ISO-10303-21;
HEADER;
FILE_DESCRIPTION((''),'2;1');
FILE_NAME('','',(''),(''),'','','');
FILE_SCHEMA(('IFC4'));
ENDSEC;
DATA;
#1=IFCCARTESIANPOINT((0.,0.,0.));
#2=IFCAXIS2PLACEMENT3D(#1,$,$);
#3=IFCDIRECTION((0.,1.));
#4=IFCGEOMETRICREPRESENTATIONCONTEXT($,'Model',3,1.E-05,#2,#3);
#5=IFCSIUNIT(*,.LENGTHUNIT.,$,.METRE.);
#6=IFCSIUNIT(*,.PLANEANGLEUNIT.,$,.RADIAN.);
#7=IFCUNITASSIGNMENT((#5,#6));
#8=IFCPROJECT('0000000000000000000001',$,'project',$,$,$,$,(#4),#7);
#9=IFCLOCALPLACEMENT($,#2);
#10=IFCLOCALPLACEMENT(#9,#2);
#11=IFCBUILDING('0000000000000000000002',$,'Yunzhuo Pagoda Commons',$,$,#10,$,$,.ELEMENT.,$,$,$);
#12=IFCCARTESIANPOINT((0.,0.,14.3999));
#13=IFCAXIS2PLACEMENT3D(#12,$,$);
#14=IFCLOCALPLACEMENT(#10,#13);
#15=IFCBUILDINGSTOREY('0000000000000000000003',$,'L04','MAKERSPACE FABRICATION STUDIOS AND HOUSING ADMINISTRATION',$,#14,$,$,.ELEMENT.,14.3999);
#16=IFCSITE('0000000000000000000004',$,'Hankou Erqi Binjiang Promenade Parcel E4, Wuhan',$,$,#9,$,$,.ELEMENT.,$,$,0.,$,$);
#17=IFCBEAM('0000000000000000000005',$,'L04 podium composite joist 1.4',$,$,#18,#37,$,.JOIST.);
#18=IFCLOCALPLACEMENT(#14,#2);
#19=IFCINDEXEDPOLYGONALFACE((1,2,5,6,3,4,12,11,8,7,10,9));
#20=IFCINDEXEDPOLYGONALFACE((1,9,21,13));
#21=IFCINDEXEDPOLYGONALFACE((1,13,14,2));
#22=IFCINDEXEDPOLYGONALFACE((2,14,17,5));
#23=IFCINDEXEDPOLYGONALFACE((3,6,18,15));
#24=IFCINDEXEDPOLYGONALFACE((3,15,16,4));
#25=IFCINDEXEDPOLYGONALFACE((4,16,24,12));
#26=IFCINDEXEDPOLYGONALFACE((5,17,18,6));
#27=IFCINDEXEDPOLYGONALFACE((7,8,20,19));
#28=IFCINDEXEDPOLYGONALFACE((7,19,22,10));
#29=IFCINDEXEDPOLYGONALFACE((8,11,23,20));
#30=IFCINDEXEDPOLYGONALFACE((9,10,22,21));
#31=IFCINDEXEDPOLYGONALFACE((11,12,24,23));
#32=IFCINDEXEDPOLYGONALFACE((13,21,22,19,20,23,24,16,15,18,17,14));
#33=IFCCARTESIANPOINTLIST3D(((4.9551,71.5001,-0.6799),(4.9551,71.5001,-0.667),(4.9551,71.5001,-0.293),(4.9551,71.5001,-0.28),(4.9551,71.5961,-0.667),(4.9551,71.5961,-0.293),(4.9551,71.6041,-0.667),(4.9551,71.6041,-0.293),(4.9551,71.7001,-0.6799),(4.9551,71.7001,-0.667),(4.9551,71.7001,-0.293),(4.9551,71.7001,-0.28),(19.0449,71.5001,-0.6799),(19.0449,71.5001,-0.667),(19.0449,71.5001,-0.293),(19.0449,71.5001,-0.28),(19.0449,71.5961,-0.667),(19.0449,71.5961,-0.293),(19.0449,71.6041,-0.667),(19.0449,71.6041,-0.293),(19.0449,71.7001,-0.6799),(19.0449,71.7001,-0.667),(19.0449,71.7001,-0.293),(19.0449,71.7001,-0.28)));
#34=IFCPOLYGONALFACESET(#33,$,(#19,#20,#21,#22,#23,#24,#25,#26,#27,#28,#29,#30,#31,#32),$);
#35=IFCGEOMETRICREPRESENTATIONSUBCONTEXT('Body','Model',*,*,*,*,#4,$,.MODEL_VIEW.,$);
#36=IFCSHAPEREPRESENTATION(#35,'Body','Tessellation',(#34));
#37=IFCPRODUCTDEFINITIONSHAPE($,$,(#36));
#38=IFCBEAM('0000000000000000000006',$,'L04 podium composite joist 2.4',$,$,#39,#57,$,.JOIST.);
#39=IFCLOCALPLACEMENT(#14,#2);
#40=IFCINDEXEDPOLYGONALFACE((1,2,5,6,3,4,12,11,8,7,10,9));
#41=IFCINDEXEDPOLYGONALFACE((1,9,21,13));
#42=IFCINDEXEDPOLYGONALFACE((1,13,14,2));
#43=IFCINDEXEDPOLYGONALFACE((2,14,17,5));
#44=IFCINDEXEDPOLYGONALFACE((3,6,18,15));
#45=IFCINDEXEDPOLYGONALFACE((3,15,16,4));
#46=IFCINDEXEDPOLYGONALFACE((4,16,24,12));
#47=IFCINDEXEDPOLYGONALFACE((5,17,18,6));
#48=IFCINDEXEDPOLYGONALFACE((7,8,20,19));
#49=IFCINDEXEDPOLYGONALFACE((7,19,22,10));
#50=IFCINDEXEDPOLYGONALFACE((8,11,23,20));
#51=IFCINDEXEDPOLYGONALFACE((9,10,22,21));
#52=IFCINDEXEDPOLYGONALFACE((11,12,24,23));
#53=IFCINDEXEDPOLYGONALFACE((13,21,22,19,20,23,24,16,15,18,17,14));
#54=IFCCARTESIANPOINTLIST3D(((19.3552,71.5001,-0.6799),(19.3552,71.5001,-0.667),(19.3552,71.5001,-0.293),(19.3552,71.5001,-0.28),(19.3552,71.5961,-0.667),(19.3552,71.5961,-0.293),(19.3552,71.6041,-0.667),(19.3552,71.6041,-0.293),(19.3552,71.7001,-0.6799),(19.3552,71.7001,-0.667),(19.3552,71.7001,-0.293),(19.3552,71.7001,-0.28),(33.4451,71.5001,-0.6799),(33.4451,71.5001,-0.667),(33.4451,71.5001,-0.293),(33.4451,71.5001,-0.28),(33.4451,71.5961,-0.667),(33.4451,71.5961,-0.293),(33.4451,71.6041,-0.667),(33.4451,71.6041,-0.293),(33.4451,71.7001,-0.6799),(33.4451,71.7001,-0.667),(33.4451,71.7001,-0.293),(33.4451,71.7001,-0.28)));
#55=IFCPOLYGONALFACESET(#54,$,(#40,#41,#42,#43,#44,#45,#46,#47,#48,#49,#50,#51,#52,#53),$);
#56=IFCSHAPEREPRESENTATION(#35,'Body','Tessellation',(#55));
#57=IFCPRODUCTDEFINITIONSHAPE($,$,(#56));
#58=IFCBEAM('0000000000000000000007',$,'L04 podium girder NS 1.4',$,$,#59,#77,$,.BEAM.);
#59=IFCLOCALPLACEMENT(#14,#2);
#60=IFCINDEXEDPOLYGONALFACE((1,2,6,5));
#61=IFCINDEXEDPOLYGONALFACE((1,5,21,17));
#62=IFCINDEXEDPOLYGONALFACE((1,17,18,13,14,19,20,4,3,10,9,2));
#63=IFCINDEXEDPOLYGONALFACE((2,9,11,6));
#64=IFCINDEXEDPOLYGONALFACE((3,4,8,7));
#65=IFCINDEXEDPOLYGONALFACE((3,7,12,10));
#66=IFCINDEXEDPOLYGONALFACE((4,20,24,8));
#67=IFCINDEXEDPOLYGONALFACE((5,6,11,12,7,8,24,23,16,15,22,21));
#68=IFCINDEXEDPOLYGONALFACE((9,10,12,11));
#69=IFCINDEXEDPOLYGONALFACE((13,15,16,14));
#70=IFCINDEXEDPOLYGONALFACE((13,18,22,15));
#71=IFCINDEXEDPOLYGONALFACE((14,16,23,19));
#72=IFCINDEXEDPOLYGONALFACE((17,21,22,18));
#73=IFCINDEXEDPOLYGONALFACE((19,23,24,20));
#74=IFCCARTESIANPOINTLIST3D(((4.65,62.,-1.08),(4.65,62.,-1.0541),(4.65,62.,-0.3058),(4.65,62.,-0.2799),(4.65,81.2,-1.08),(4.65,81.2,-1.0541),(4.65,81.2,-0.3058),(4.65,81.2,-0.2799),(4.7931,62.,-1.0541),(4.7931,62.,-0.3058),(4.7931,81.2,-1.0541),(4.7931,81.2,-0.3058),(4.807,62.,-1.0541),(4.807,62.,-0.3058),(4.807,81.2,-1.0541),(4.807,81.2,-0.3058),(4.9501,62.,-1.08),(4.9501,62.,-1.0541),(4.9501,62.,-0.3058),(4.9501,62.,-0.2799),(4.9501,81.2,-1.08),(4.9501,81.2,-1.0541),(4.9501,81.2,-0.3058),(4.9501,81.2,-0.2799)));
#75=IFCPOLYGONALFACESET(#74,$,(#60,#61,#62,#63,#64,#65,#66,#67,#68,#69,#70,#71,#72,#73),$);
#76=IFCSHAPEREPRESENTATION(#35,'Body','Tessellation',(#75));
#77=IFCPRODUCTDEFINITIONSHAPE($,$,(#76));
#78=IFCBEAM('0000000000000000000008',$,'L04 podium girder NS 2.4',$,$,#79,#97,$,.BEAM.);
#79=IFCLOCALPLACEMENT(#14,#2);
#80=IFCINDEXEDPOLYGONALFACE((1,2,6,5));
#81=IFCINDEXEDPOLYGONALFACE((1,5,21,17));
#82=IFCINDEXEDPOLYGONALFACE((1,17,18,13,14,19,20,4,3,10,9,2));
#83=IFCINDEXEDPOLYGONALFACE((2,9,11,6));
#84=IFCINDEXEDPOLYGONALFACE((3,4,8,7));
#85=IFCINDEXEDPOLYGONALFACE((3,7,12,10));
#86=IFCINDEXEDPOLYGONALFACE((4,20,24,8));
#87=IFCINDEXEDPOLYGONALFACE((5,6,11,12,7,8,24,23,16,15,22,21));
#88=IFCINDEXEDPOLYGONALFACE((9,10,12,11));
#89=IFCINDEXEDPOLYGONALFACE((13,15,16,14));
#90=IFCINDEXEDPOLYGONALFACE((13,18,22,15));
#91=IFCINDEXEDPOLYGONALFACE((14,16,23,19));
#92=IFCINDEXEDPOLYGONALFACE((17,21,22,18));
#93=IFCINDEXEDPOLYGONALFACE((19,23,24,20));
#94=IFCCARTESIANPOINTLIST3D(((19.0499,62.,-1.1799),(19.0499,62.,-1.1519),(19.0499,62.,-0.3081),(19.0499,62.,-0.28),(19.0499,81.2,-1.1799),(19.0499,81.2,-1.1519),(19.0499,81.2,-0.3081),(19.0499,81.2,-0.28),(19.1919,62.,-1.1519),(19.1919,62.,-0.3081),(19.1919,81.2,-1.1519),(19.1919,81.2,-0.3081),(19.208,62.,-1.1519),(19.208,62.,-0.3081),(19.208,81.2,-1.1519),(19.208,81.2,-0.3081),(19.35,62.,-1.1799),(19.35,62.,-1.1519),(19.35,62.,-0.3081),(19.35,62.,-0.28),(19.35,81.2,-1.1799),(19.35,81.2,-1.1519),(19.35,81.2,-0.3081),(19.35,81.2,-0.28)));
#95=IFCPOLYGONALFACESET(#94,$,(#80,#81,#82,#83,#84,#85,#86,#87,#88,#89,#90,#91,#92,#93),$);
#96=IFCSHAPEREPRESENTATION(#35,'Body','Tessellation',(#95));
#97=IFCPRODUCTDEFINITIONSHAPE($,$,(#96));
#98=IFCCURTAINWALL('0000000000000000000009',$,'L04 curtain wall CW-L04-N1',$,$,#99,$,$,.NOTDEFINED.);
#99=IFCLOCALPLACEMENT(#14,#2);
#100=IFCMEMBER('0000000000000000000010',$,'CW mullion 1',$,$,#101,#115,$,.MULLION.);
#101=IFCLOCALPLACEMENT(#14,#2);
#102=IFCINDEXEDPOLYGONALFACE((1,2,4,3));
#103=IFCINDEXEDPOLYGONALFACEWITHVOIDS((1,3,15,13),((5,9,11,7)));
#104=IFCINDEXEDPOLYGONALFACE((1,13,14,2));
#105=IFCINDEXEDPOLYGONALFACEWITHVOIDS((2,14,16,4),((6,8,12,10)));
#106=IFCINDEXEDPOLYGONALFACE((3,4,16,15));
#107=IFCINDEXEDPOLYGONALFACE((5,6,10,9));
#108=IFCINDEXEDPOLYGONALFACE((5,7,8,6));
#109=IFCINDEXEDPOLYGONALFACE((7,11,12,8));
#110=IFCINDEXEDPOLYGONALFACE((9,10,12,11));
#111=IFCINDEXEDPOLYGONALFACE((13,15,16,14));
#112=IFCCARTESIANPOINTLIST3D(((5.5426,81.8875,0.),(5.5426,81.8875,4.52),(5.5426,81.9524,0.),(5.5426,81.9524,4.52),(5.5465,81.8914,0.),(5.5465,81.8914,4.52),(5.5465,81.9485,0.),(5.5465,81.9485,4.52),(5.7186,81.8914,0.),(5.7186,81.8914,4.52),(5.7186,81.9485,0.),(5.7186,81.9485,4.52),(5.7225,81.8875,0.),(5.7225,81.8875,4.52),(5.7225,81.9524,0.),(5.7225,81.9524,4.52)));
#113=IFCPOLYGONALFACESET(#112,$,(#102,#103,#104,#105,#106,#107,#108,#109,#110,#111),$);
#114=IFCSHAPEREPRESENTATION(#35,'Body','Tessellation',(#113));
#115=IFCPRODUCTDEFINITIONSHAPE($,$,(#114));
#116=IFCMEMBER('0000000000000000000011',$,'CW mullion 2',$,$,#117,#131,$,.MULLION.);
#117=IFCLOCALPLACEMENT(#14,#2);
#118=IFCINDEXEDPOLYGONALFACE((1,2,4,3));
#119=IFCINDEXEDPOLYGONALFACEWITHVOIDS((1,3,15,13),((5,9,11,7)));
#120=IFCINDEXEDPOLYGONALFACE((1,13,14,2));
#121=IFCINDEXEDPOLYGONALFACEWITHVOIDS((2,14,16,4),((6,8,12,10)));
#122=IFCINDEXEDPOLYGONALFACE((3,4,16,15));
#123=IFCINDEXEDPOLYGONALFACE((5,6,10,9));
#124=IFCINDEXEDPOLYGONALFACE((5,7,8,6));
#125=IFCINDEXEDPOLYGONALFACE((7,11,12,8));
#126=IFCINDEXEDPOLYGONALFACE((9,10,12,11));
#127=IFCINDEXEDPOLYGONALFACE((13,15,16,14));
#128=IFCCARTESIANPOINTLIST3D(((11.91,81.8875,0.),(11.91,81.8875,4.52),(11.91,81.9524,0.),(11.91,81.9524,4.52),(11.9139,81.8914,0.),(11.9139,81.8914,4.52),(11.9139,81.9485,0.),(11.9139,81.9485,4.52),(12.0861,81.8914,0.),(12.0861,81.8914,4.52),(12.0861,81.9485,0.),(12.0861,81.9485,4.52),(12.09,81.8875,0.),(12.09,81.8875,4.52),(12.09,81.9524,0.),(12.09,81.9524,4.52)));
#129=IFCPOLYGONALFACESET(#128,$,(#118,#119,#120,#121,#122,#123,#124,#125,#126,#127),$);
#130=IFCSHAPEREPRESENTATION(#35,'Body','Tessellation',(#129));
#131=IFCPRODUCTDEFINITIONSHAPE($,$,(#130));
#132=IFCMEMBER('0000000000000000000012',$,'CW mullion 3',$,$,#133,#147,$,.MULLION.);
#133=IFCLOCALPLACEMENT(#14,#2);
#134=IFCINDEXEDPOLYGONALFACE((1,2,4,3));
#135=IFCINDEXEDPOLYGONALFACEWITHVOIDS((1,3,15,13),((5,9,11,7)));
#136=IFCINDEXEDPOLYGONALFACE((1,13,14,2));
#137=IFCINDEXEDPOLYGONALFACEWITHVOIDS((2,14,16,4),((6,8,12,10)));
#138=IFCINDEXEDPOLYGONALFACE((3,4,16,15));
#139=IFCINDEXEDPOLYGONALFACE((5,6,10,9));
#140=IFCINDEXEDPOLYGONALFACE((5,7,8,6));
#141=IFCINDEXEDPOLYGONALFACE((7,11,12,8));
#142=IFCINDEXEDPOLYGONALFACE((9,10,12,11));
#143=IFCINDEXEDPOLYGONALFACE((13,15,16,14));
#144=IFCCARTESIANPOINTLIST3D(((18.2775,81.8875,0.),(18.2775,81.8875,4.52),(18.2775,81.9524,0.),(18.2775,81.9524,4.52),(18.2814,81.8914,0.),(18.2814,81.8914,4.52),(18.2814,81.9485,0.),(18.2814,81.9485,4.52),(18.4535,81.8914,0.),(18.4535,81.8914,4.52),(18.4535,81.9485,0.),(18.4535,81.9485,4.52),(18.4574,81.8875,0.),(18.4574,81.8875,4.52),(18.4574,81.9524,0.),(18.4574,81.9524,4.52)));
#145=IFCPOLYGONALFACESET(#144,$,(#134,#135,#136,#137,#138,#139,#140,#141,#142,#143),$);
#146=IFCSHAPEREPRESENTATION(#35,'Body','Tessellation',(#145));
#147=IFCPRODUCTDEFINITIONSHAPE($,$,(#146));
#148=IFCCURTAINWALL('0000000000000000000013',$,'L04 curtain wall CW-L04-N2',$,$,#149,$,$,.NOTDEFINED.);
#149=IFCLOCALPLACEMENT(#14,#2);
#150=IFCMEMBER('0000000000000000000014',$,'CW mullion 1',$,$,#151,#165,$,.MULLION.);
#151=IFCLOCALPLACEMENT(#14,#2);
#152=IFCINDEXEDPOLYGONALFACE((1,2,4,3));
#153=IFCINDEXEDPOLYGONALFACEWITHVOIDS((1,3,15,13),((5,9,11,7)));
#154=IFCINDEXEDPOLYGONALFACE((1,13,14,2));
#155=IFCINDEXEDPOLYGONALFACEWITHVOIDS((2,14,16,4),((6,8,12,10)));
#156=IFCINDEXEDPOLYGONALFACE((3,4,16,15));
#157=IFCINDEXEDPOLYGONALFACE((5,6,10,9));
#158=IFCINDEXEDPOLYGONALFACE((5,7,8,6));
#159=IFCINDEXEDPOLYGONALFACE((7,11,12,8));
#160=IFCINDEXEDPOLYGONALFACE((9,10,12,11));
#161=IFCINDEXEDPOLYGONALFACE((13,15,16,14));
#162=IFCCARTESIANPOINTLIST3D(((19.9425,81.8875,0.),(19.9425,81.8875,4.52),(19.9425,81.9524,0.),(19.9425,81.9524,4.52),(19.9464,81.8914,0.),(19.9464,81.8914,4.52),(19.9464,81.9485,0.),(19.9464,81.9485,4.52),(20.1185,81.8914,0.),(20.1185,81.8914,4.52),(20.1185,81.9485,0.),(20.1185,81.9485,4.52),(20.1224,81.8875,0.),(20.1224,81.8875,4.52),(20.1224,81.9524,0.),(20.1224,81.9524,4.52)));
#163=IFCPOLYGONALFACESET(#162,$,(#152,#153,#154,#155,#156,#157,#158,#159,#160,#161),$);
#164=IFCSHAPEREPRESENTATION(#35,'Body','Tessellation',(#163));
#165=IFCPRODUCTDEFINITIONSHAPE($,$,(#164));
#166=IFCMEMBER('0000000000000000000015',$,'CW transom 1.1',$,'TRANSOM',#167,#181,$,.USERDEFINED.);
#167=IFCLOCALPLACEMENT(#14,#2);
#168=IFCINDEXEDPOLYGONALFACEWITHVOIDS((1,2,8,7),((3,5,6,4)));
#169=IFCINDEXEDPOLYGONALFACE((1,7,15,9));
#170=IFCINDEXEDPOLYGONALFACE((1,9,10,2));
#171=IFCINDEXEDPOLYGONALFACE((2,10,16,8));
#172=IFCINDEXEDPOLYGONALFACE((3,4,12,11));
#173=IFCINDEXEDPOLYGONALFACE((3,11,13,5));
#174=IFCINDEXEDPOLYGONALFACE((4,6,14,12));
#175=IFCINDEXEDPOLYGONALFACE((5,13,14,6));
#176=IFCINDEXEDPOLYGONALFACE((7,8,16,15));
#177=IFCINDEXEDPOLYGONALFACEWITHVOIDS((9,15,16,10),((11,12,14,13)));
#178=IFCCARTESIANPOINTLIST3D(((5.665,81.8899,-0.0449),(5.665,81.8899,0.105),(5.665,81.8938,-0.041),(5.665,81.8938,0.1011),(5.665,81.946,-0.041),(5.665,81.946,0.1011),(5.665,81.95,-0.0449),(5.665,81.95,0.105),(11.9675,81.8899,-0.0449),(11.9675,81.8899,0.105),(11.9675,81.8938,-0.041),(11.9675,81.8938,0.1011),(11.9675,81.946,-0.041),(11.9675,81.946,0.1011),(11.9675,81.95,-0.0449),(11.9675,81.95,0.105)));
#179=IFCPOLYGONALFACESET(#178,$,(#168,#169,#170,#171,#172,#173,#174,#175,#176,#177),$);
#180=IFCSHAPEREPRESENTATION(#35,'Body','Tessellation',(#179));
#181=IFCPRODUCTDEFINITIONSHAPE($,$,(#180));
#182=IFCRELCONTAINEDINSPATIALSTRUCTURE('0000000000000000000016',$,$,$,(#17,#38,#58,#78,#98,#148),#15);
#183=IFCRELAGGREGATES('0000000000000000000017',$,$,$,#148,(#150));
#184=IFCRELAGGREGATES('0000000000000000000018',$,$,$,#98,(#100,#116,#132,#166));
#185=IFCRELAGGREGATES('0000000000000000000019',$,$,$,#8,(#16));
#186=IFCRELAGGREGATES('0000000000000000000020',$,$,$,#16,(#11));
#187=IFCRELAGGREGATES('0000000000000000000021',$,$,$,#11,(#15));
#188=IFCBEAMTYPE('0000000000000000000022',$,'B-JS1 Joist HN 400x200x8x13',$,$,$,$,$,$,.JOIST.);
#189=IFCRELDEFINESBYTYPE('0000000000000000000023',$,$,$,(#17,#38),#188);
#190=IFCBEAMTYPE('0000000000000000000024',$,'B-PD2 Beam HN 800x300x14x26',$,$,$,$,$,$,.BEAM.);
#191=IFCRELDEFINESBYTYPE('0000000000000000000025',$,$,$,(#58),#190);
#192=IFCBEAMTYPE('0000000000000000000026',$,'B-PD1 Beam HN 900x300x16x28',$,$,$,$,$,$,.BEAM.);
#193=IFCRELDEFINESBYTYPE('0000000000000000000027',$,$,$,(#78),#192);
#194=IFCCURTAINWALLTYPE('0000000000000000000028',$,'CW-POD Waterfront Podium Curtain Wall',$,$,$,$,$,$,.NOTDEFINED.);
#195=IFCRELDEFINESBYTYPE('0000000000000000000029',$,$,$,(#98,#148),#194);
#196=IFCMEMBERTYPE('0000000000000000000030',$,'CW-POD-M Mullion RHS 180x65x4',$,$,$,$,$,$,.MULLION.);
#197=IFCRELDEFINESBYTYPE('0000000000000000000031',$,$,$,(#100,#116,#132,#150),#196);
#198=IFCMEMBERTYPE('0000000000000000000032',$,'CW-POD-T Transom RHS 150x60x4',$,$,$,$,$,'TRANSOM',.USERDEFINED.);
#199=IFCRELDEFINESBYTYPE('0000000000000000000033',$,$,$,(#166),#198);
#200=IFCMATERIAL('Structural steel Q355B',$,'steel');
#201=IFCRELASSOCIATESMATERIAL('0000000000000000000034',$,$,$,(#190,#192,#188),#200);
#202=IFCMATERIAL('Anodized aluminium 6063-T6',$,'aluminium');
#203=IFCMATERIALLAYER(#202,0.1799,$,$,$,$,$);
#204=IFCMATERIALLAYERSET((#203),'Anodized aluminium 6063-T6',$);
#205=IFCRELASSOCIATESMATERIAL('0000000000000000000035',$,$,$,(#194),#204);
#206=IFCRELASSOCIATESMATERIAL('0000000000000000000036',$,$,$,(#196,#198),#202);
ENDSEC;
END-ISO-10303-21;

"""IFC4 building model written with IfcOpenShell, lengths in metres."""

from ifc_helpers import new_model, si_unit, direction, frame, origin, origin_2d, place, context, subcontext, project, spatial, hollow_rectangle, i_section, extrude, source, transform, mapped, material, layer, layer_set, material_profile, profile_set, type_object, element, aggregate, save


model = new_model("IFC4")

# Units and contexts
model_context = context("Model", 3, precision=1e-05, world=origin(), true_north=direction((0.0, 1.0)))
body_context = subcontext(model_context, "Body", "Model", "MODEL_VIEW")
ifc_project = project(units=[si_unit("LENGTHUNIT", "METRE"), si_unit("PLANEANGLEUNIT", "RADIAN")], contexts=[model_context])

# Site, building, storey
site_placement = place(None, origin())
site = spatial("IfcSite", under=ifc_project, at=site_placement, Name="Hankou Erqi Binjiang Promenade Parcel E4, Wuhan", CompositionType="ELEMENT", RefElevation=0.0)
building_placement = place(site_placement, origin())
building = spatial("IfcBuilding", under=site, at=building_placement, Name="Yunzhuo Pagoda Commons", CompositionType="ELEMENT")
storey_placement = place(building_placement, frame((0.0, 0.0, 14.3999)))
storey = spatial("IfcBuildingStorey", under=building, at=storey_placement, Name="L04", Description="MAKERSPACE FABRICATION STUDIOS AND HOUSING ADMINISTRATION", CompositionType="ELEMENT", Elevation=14.3999)

# Beams
ifc_material_1 = material(Name="Structural steel Q355B", Category="steel")
ifc_material_profile_1 = material_profile(ifc_material_1, i_section(OverallWidth=0.3, OverallDepth=0.8, WebThickness=0.0139, FlangeThickness=0.0259, at=origin_2d()), Name="Structural steel Q355B")
ifc_profile_set_1 = profile_set([ifc_material_profile_1], Name="Structural steel Q355B")
beam_type_1 = type_object("IfcBeamType", Name="B-PD2 Beam HN 800x300x14x26", PredefinedType="BEAM", material=ifc_profile_set_1)
ifc_material_profile_2 = material_profile(ifc_material_1, i_section(OverallWidth=0.3, OverallDepth=0.8999, WebThickness=0.0161, FlangeThickness=0.0281, at=origin_2d()), Name="Structural steel Q355B")
ifc_profile_set_2 = profile_set([ifc_material_profile_2], Name="Structural steel Q355B")
beam_type_2 = type_object("IfcBeamType", Name="B-PD1 Beam HN 900x300x16x28", PredefinedType="BEAM", material=ifc_profile_set_2)
ifc_material_profile_3 = material_profile(ifc_material_1, i_section(OverallWidth=0.2, OverallDepth=0.3999, WebThickness=0.0081, FlangeThickness=0.0129, at=origin_2d()), Name="Structural steel Q355B")
ifc_profile_set_3 = profile_set([ifc_material_profile_3], Name="Structural steel Q355B")
beam_type_3 = type_object("IfcBeamType", Name="B-JS1 Joist HN 400x200x8x13", PredefinedType="JOIST", material=ifc_profile_set_3)
shared_shape_1 = source(origin(), body_context, "Body", "SweptSolid", [
    extrude(i_section(OverallWidth=0.2, OverallDepth=0.3999, WebThickness=0.0081, FlangeThickness=0.0129, at=origin_2d()), origin(), (0.0, 0.0, 1.0), 14.0898),
])
for number, where, z_axis, x_axis, name in (
    (1, (4.9551, 71.6001, -0.48), (1.0, 0.0, 0.0), (0.0, 1.0, 0.0), "L04 podium composite joist 1.4"),
    (2, (19.3552, 71.6001, -0.48), (1.0, 0.0, 0.0), (0.0, 1.0, 0.0), "L04 podium composite joist 2.4"),
):
    element("IfcBeam", number, at=place(storey_placement, frame(where, z_axis=z_axis, x_axis=x_axis)), inside=storey, type_object=beam_type_3, Name=name, PredefinedType="JOIST", context=body_context, shape_type="MappedRepresentation", body=[
        mapped(shared_shape_1, transform((0.0, 0.0, 0.0), scale=1.0)),
    ])
shared_shape_2 = source(origin(), body_context, "Body", "SweptSolid", [
    extrude(i_section(OverallWidth=0.3, OverallDepth=0.8, WebThickness=0.0139, FlangeThickness=0.0259, at=origin_2d()), origin(), (0.0, 0.0, 1.0), 19.2),
])
beam_1_placement = place(storey_placement, frame((4.8, 62.0, -0.6799), z_axis=(0.0, 1.0, 0.0), x_axis=(-1.0, 0.0, 0.0)))
element("IfcBeam", 3, at=beam_1_placement, inside=storey, type_object=beam_type_1, Name="L04 podium girder NS 1.4", PredefinedType="BEAM", context=body_context, shape_type="MappedRepresentation", body=[
    mapped(shared_shape_2, transform((0.0, 0.0, 0.0), scale=1.0)),
])
shared_shape_3 = source(origin(), body_context, "Body", "SweptSolid", [
    extrude(i_section(OverallWidth=0.3, OverallDepth=0.8999, WebThickness=0.0161, FlangeThickness=0.0281, at=origin_2d()), origin(), (0.0, 0.0, 1.0), 19.2),
])
beam_2_placement = place(storey_placement, frame((19.2, 62.0, -0.73), z_axis=(0.0, 1.0, 0.0), x_axis=(-1.0, 0.0, 0.0)))
element("IfcBeam", 4, at=beam_2_placement, inside=storey, type_object=beam_type_2, Name="L04 podium girder NS 2.4", PredefinedType="BEAM", context=body_context, shape_type="MappedRepresentation", body=[
    mapped(shared_shape_3, transform((0.0, 0.0, 0.0), scale=1.0)),
])

# Curtain wall, members
ifc_material_2 = material(Name="Anodized aluminium 6063-T6", Category="aluminium")
ifc_layer_1 = layer(ifc_material_2, 0.1799)
ifc_layer_set_1 = layer_set([ifc_layer_1], Name="Anodized aluminium 6063-T6")
curtain_wall_type = type_object("IfcCurtainWallType", Name="CW-POD Waterfront Podium Curtain Wall", PredefinedType="NOTDEFINED", material=ifc_layer_set_1)
curtain_wall_1_placement = place(storey_placement, origin())
curtain_wall_1 = element("IfcCurtainWall", 5, at=curtain_wall_1_placement, inside=storey, type_object=curtain_wall_type, Name="L04 curtain wall CW-L04-N1", PredefinedType="NOTDEFINED")
ifc_material_profile_4 = material_profile(ifc_material_2, hollow_rectangle(XDim=0.0649, YDim=0.1799, WallThickness=0.0039, at=origin_2d()), Name="Anodized aluminium 6063-T6")
ifc_profile_set_4 = profile_set([ifc_material_profile_4], Name="Anodized aluminium 6063-T6")
member_type_1 = type_object("IfcMemberType", Name="CW-POD-M Mullion RHS 180x65x4", PredefinedType="MULLION", material=ifc_profile_set_4)
shared_shape_4 = source(origin(), body_context, "Body", "SweptSolid", [
    extrude(hollow_rectangle(XDim=0.0649, YDim=0.1799, WallThickness=0.0039, at=origin_2d()), origin(), (0.0, 0.0, 1.0), 4.52),
])
member_1_placement = place(storey_placement, frame((5.6326, 81.9199, 0.0), z_axis=(0.0, 0.0, 1.0), x_axis=(0.0, 1.0, 0.0)))
member_1 = element("IfcMember", 6, at=member_1_placement, type_object=member_type_1, Name="CW mullion 1", PredefinedType="MULLION", context=body_context, shape_type="MappedRepresentation", body=[
    mapped(shared_shape_4, transform((0.0, 0.0, 0.0), scale=1.0)),
])
member_2_placement = place(storey_placement, frame((12.0, 81.9199, 0.0), z_axis=(0.0, 0.0, 1.0), x_axis=(0.0, 1.0, 0.0)))
member_2 = element("IfcMember", 7, at=member_2_placement, type_object=member_type_1, Name="CW mullion 2", PredefinedType="MULLION", context=body_context, shape_type="MappedRepresentation", body=[
    mapped(shared_shape_4, transform((0.0, 0.0, 0.0), scale=1.0)),
])
member_3_placement = place(storey_placement, frame((18.3674, 81.9199, 0.0), z_axis=(0.0, 0.0, 1.0), x_axis=(0.0, 1.0, 0.0)))
member_3 = element("IfcMember", 8, at=member_3_placement, type_object=member_type_1, Name="CW mullion 3", PredefinedType="MULLION", context=body_context, shape_type="MappedRepresentation", body=[
    mapped(shared_shape_4, transform((0.0, 0.0, 0.0), scale=1.0)),
])

# Curtain wall, member
curtain_wall_2_placement = place(storey_placement, origin())
curtain_wall_2 = element("IfcCurtainWall", 9, at=curtain_wall_2_placement, inside=storey, type_object=curtain_wall_type, Name="L04 curtain wall CW-L04-N2", PredefinedType="NOTDEFINED")
member_4_placement = place(storey_placement, frame((20.0325, 81.9199, 0.0), z_axis=(0.0, 0.0, 1.0), x_axis=(0.0, 1.0, 0.0)))
member_4 = element("IfcMember", 10, at=member_4_placement, type_object=member_type_1, Name="CW mullion 1", PredefinedType="MULLION", context=body_context, shape_type="MappedRepresentation", body=[
    mapped(shared_shape_4, transform((0.0, 0.0, 0.0), scale=1.0)),
])
aggregate(curtain_wall_2, [member_4])

# Member
ifc_material_profile_5 = material_profile(ifc_material_2, hollow_rectangle(XDim=0.0601, YDim=0.1499, WallThickness=0.0039, at=origin_2d()), Name="Anodized aluminium 6063-T6")
ifc_profile_set_5 = profile_set([ifc_material_profile_5], Name="Anodized aluminium 6063-T6")
member_type_2 = type_object("IfcMemberType", Name="CW-POD-T Transom RHS 150x60x4", ElementType="TRANSOM", PredefinedType="USERDEFINED", material=ifc_profile_set_5)
shared_shape_5 = source(origin(), body_context, "Body", "SweptSolid", [
    extrude(hollow_rectangle(XDim=0.0601, YDim=0.1499, WallThickness=0.0039, at=origin_2d()), origin(), (0.0, 0.0, 1.0), 6.3025),
])
member_5_placement = place(storey_placement, frame((5.665, 81.9199, 0.03), z_axis=(1.0, 0.0, 0.0), x_axis=(0.0, 1.0, 0.0)))
member_5 = element("IfcMember", 11, at=member_5_placement, type_object=member_type_2, Name="CW transom 1.1", ObjectType="TRANSOM", PredefinedType="USERDEFINED", context=body_context, shape_type="MappedRepresentation", body=[
    mapped(shared_shape_5, transform((0.0, 0.0, 0.0), scale=1.0)),
])

aggregate(curtain_wall_1, [member_1, member_2, member_3, member_5])

save(model, "model.ifc")
